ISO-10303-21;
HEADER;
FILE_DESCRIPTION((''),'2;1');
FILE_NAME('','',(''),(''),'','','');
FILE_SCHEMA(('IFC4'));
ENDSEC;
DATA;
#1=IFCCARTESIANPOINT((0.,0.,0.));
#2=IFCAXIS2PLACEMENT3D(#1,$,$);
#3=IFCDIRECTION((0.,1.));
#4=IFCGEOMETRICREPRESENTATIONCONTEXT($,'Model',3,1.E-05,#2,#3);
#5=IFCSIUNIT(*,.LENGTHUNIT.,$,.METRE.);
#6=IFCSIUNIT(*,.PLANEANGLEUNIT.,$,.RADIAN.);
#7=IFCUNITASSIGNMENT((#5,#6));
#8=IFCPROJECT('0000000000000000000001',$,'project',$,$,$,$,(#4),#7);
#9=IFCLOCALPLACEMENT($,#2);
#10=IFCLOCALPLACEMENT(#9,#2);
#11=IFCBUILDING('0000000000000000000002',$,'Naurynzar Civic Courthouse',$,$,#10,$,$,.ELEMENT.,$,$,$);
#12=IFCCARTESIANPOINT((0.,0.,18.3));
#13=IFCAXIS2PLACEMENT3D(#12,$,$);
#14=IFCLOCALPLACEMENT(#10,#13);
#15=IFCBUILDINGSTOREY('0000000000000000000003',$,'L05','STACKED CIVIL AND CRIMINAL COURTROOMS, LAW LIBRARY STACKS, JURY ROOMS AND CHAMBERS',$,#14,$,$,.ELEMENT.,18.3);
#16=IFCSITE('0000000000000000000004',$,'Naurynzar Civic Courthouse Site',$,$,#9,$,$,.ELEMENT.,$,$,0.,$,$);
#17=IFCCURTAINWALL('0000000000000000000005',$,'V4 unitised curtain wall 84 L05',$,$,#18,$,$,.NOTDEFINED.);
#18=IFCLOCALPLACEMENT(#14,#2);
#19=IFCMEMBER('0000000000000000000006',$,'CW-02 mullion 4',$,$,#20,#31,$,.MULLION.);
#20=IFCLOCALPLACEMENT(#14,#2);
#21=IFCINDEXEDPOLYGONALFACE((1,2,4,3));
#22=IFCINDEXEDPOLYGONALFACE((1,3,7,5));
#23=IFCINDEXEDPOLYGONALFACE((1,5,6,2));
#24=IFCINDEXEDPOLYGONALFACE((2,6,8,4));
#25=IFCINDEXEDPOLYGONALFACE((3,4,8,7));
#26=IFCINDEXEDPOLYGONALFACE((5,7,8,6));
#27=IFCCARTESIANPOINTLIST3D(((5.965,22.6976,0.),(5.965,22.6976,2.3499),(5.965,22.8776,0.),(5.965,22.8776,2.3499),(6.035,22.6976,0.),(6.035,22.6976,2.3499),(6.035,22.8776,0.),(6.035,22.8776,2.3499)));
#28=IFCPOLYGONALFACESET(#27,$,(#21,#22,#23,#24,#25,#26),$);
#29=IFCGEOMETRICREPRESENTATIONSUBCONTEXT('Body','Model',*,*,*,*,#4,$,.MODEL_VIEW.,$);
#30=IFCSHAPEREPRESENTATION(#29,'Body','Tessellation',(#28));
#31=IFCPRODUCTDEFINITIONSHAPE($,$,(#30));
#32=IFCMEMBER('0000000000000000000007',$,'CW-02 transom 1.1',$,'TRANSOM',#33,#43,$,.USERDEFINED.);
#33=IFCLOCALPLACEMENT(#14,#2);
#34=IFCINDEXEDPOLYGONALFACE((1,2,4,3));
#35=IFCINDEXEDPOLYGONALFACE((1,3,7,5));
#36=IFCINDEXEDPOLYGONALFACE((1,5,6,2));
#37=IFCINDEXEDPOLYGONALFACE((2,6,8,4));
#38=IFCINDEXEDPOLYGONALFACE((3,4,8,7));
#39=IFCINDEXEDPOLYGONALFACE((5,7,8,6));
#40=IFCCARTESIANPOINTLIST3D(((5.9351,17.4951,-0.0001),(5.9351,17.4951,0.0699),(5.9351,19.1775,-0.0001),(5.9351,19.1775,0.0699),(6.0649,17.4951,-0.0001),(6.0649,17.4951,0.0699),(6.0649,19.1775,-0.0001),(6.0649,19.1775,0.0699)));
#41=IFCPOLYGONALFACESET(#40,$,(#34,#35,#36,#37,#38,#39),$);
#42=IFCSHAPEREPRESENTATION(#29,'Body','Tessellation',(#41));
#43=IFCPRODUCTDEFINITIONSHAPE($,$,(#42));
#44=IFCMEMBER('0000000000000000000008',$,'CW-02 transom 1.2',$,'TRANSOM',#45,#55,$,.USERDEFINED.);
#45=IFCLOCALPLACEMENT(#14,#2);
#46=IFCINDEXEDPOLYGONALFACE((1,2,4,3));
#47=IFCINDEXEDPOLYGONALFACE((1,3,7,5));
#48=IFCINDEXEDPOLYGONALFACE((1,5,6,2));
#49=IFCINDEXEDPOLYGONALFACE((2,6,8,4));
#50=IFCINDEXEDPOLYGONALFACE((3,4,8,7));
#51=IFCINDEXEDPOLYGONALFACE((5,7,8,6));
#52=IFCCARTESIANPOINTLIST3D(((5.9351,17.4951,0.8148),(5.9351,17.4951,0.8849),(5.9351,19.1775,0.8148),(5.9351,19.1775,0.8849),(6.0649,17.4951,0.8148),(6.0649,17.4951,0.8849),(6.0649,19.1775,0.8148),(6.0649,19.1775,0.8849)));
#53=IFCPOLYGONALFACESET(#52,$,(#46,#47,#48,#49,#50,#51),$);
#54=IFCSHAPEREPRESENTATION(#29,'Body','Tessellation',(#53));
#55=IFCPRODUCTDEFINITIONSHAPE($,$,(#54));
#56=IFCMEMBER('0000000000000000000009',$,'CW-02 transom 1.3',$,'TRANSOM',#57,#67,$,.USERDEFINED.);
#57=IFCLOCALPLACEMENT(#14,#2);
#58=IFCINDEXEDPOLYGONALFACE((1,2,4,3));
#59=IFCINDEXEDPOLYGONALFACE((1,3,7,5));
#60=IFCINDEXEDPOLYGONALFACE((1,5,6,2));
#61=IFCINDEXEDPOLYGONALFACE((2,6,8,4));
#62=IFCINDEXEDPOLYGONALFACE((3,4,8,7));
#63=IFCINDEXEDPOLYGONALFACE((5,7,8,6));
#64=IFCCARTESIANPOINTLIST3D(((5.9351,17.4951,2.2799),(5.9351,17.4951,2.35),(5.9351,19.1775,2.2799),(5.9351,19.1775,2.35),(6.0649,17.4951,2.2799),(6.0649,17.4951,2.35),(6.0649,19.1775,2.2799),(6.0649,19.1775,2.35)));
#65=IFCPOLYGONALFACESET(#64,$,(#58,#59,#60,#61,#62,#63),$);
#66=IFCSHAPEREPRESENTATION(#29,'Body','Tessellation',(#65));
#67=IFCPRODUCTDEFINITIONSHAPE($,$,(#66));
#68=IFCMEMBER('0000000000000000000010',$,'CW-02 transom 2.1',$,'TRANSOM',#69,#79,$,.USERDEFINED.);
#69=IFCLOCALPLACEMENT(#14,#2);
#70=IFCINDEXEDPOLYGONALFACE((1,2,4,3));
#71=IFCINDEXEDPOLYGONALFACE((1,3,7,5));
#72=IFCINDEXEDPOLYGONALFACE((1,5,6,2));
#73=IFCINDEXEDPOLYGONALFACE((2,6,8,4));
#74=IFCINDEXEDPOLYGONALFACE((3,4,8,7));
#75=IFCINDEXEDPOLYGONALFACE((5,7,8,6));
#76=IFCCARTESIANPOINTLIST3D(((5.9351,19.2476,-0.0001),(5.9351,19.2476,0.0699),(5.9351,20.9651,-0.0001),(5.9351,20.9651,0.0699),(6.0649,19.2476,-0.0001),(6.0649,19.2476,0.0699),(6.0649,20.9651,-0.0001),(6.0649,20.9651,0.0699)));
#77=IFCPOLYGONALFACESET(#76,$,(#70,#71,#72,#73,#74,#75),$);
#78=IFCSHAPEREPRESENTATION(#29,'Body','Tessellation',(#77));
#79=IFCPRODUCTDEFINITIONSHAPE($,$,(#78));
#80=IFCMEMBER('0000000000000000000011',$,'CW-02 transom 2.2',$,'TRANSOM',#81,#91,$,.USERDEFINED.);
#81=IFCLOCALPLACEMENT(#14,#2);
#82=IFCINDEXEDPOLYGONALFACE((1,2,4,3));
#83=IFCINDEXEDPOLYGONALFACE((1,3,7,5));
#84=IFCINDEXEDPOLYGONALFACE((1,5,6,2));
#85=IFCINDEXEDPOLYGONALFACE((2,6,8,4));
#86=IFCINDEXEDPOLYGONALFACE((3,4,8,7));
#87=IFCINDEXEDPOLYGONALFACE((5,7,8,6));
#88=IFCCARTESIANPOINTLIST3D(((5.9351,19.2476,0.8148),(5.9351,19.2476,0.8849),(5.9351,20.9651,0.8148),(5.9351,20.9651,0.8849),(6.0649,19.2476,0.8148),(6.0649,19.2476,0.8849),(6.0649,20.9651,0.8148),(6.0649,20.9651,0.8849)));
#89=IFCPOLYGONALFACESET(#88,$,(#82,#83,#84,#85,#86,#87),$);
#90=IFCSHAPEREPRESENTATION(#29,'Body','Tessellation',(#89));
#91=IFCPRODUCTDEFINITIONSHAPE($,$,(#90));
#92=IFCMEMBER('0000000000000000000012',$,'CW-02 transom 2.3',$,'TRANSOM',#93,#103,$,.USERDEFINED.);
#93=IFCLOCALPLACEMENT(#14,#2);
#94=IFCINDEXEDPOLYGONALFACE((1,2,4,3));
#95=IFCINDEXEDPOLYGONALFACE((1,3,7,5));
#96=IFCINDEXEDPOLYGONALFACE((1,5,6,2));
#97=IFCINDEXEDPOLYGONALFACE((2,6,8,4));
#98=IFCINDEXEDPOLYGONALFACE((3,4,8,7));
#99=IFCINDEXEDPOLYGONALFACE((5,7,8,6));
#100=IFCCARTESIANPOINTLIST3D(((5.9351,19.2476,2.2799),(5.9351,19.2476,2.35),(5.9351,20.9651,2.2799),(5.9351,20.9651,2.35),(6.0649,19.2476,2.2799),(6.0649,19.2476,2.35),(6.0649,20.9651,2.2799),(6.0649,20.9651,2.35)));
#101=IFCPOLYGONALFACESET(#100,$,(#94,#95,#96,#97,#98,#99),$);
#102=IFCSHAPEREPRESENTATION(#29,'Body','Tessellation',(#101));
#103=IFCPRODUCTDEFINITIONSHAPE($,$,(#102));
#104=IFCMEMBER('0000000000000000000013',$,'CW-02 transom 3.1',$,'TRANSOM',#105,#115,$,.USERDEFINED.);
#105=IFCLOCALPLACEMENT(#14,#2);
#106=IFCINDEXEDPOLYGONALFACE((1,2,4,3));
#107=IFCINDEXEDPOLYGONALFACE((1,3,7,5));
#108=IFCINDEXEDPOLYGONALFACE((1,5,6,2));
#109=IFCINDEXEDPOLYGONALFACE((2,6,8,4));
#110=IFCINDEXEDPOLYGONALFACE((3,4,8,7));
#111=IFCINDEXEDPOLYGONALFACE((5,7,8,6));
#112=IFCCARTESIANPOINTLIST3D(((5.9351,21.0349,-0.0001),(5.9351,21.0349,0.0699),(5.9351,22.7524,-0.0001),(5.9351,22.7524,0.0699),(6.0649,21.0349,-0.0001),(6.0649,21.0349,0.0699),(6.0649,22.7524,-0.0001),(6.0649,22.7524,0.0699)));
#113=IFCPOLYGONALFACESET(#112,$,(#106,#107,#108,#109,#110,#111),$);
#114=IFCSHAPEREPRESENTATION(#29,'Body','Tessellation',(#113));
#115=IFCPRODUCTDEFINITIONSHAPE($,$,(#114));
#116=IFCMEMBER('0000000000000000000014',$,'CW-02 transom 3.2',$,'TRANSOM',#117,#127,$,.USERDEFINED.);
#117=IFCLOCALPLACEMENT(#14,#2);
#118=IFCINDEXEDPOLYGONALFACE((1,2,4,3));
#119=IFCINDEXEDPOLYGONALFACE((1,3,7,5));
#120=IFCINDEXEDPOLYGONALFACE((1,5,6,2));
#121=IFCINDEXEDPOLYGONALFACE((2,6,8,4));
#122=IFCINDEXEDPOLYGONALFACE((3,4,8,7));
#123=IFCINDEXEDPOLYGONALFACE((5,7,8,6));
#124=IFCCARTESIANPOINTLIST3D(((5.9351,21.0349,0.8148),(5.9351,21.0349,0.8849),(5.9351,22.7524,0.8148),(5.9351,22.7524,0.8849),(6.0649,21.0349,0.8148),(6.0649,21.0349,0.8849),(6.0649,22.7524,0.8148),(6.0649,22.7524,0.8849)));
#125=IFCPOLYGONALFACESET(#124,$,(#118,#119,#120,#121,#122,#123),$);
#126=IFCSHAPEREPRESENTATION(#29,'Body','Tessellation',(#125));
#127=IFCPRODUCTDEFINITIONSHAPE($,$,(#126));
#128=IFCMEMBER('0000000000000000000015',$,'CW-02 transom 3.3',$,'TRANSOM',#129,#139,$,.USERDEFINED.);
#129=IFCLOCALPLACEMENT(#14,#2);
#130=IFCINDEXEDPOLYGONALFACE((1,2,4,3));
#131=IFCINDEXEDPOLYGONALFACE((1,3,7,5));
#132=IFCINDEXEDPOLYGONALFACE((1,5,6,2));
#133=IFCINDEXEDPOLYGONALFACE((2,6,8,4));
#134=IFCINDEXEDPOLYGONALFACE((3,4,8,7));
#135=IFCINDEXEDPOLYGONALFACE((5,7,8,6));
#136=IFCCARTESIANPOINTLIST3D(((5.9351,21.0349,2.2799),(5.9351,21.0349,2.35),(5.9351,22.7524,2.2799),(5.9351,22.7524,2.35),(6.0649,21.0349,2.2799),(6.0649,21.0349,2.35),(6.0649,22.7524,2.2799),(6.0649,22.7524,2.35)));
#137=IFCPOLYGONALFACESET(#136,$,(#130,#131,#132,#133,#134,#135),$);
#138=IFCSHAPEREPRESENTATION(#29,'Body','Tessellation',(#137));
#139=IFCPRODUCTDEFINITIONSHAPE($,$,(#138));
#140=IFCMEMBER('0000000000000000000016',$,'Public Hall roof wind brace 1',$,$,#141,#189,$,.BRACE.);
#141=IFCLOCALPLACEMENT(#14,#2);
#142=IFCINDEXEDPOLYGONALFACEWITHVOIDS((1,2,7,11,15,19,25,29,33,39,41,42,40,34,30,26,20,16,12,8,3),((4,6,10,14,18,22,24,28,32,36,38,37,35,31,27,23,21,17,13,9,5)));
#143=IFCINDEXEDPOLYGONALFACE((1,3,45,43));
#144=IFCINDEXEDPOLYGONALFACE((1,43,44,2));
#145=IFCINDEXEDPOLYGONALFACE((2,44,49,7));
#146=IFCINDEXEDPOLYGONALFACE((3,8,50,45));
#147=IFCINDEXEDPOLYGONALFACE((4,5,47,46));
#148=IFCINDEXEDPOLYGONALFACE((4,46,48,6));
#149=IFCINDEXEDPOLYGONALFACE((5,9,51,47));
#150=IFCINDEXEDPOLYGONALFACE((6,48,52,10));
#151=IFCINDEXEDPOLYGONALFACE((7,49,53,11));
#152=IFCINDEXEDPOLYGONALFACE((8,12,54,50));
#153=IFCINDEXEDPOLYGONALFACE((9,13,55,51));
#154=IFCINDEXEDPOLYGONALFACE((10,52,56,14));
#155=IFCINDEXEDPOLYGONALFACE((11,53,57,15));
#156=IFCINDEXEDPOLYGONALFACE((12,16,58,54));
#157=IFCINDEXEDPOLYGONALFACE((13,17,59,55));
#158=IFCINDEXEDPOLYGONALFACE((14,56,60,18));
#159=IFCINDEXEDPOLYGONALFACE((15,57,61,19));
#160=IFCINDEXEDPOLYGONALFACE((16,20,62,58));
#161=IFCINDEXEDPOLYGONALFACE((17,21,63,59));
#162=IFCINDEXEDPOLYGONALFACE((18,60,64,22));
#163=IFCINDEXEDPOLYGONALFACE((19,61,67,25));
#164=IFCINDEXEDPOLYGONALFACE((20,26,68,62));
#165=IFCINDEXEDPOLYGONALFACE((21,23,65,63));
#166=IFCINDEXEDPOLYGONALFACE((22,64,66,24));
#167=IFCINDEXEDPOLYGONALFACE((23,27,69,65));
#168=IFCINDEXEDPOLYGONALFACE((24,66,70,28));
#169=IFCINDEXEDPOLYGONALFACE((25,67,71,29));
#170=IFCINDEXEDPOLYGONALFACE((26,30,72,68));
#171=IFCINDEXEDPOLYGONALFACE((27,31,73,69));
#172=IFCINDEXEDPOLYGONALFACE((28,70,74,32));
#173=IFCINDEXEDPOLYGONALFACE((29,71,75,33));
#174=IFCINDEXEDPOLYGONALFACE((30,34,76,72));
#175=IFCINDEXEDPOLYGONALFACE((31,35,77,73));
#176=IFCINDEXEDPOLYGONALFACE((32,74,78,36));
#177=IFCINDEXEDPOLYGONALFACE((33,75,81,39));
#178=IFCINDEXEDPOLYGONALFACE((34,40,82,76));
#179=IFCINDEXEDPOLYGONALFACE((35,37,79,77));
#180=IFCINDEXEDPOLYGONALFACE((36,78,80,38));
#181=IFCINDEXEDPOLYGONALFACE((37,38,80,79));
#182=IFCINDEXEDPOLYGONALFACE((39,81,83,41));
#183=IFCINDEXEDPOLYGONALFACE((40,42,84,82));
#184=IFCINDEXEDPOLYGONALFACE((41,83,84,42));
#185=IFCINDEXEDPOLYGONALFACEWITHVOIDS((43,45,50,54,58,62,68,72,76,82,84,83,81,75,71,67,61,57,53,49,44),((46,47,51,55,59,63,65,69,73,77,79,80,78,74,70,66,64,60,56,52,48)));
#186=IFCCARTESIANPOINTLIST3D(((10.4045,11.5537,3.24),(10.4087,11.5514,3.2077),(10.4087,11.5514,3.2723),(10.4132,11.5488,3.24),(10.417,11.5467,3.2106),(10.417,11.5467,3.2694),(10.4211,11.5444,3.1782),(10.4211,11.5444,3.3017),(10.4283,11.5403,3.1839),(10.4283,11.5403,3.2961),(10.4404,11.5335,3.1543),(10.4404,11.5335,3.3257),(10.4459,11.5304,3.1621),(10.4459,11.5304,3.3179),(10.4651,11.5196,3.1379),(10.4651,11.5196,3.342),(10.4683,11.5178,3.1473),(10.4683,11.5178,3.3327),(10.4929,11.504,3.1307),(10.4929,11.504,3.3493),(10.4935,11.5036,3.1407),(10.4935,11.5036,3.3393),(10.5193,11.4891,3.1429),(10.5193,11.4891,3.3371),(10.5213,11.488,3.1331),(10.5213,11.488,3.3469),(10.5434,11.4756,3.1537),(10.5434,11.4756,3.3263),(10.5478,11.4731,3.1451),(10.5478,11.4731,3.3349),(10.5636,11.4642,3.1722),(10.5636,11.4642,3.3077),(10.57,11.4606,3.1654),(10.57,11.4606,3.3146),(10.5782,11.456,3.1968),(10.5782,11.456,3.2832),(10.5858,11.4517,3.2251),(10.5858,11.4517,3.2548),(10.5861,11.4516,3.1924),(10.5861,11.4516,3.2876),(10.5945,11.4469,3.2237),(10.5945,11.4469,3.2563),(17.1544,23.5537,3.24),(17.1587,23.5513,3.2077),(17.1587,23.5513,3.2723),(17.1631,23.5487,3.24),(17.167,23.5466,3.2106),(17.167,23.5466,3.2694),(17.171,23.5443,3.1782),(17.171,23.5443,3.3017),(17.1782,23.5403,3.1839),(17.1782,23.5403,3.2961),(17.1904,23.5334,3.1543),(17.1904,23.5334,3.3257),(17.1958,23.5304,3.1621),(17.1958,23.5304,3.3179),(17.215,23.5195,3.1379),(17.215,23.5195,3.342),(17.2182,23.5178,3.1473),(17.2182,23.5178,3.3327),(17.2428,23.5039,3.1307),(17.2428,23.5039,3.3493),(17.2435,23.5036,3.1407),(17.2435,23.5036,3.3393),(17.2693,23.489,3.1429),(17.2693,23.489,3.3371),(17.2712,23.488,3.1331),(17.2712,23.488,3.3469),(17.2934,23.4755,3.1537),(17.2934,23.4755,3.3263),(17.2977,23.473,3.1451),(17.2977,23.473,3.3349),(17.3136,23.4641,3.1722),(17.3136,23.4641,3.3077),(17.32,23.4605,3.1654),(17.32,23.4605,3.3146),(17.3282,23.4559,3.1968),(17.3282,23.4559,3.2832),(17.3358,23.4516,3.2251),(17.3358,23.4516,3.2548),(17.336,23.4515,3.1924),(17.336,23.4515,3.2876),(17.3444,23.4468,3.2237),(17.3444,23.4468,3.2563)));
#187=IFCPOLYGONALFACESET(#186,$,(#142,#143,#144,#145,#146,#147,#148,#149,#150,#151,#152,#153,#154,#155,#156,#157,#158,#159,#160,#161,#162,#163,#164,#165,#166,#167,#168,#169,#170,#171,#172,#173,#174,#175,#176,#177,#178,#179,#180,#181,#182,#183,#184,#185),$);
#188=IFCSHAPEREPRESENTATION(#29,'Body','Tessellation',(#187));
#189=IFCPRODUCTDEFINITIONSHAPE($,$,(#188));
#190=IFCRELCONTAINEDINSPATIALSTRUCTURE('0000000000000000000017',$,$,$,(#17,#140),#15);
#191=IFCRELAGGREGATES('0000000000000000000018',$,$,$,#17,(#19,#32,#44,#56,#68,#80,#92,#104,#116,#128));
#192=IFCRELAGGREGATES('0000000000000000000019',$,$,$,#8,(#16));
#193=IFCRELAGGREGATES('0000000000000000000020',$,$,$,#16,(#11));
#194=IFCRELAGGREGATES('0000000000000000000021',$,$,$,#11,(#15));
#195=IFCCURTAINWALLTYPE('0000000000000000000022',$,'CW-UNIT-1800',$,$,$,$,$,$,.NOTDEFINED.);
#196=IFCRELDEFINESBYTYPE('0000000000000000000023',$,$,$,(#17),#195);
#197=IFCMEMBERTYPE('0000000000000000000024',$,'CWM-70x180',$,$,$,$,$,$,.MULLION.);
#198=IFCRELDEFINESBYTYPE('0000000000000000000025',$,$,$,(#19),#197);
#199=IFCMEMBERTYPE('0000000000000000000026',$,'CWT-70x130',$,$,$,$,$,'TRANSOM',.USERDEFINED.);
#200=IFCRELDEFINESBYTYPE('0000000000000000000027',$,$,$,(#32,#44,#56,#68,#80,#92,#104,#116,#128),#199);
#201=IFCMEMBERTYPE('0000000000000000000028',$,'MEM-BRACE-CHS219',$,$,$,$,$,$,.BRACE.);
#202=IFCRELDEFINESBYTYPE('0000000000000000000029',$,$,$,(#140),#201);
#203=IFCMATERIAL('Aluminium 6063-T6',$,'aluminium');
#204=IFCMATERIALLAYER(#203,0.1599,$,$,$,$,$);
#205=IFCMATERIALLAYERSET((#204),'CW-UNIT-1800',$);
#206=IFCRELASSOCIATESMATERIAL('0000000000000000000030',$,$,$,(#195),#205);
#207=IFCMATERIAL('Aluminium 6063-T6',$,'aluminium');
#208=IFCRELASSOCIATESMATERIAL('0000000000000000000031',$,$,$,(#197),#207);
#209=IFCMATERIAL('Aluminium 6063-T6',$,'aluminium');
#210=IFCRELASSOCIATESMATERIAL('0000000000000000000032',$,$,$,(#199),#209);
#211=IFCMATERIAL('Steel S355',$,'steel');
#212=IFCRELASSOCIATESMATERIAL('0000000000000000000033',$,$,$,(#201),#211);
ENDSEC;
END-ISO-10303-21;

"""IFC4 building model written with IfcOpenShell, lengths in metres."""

from ifc_helpers import new_model, si_unit, direction, frame, origin, origin_2d, place, context, subcontext, project, spatial, rectangle, hollow_circle, extrude, material, layer, layer_set, material_profile, profile_set, type_object, element, aggregate, save


model = new_model("IFC4")

# Units and contexts
model_context = context("Model", 3, precision=1e-05, world=origin(), true_north=direction((0.0, 1.0)))
body_context = subcontext(model_context, "Body", "Model", "MODEL_VIEW")
ifc_project = project(units=[si_unit("LENGTHUNIT", "METRE"), si_unit("PLANEANGLEUNIT", "RADIAN")], contexts=[model_context])

# Site, building, storey
site_placement = place(None, origin())
site = spatial("IfcSite", under=ifc_project, at=site_placement, Name="Naurynzar Civic Courthouse Site", CompositionType="ELEMENT", RefElevation=0.0)
building_placement = place(site_placement, origin())
building = spatial("IfcBuilding", under=site, at=building_placement, Name="Naurynzar Civic Courthouse", CompositionType="ELEMENT")
storey_placement = place(building_placement, frame((0.0, 0.0, 18.3)))
storey = spatial("IfcBuildingStorey", under=building, at=storey_placement, Name="L05", Description="STACKED CIVIL AND CRIMINAL COURTROOMS, LAW LIBRARY STACKS, JURY ROOMS AND CHAMBERS", CompositionType="ELEMENT", Elevation=18.3)

# Curtain wall, members
ifc_material_1 = material(Name="Aluminium 6063-T6", Category="aluminium")
ifc_layer_1 = layer(ifc_material_1, 0.1599)
ifc_layer_set_1 = layer_set([ifc_layer_1], Name="CW-UNIT-1800")
curtain_wall_type = type_object("IfcCurtainWallType", Name="CW-UNIT-1800", PredefinedType="NOTDEFINED", material=ifc_layer_set_1)
curtain_wall_placement = place(storey_placement, origin())
curtain_wall = element("IfcCurtainWall", 1, at=curtain_wall_placement, inside=storey, type_object=curtain_wall_type, Name="V4 unitised curtain wall 84 L05", PredefinedType="NOTDEFINED")
ifc_material_2 = material(Name="Aluminium 6063-T6", Category="aluminium")
ifc_material_profile_1 = material_profile(ifc_material_2, rectangle(XDim=0.0701, YDim=0.1799, at=origin_2d()), Name="ALU MULLION 70x180")
ifc_profile_set_1 = profile_set([ifc_material_profile_1], Name="Aluminium 6063-T6")
member_type_1 = type_object("IfcMemberType", Name="CWM-70x180", PredefinedType="MULLION", material=ifc_profile_set_1)
member_1_placement = place(storey_placement, frame((6.0, 22.7876, 0.0), z_axis=(0.0, 0.0, 1.0), x_axis=(-1.0, 0.0, 0.0)))
member_1 = element("IfcMember", 2, at=member_1_placement, type_object=member_type_1, Name="CW-02 mullion 4", PredefinedType="MULLION", context=body_context, shape_type="SweptSolid", body=[
    extrude(rectangle(XDim=0.0701, YDim=0.1799, at=origin_2d()), origin(), (0.0, 0.0, 1.0), 2.3499),
])
ifc_material_3 = material(Name="Aluminium 6063-T6", Category="aluminium")
ifc_material_profile_2 = material_profile(ifc_material_3, rectangle(XDim=0.1299, YDim=0.0701, at=origin_2d()), Name="ALU TRANSOM 70x130")
ifc_profile_set_2 = profile_set([ifc_material_profile_2], Name="Aluminium 6063-T6")
member_type_2 = type_object("IfcMemberType", Name="CWT-70x130", ElementType="TRANSOM", PredefinedType="USERDEFINED", material=ifc_profile_set_2)
member_2_placement = place(storey_placement, frame((6.0, 17.4951, 0.0349), z_axis=(0.0, 1.0, 0.0), x_axis=(-1.0, 0.0, 0.0)))
member_2 = element("IfcMember", 3, at=member_2_placement, type_object=member_type_2, Name="CW-02 transom 1.1", ObjectType="TRANSOM", PredefinedType="USERDEFINED", context=body_context, shape_type="SweptSolid", body=[
    extrude(rectangle(XDim=0.1299, YDim=0.0701, at=origin_2d()), origin(), (0.0, 0.0, 1.0), 1.6824),
])
member_3_placement = place(storey_placement, frame((6.0, 17.4951, 0.8499), z_axis=(0.0, 1.0, 0.0), x_axis=(-1.0, 0.0, 0.0)))
member_3 = element("IfcMember", 4, at=member_3_placement, type_object=member_type_2, Name="CW-02 transom 1.2", ObjectType="TRANSOM", PredefinedType="USERDEFINED", context=body_context, shape_type="SweptSolid", body=[
    extrude(rectangle(XDim=0.1299, YDim=0.0701, at=origin_2d()), origin(), (0.0, 0.0, 1.0), 1.6824),
])
member_4_placement = place(storey_placement, frame((6.0, 17.4951, 2.3149), z_axis=(0.0, 1.0, 0.0), x_axis=(-1.0, 0.0, 0.0)))
member_4 = element("IfcMember", 5, at=member_4_placement, type_object=member_type_2, Name="CW-02 transom 1.3", ObjectType="TRANSOM", PredefinedType="USERDEFINED", context=body_context, shape_type="SweptSolid", body=[
    extrude(rectangle(XDim=0.1299, YDim=0.0701, at=origin_2d()), origin(), (0.0, 0.0, 1.0), 1.6824),
])
member_5_placement = place(storey_placement, frame((6.0, 19.2476, 0.0349), z_axis=(0.0, 1.0, 0.0), x_axis=(-1.0, 0.0, 0.0)))
member_5 = element("IfcMember", 6, at=member_5_placement, type_object=member_type_2, Name="CW-02 transom 2.1", ObjectType="TRANSOM", PredefinedType="USERDEFINED", context=body_context, shape_type="SweptSolid", body=[
    extrude(rectangle(XDim=0.1299, YDim=0.0701, at=origin_2d()), origin(), (0.0, 0.0, 1.0), 1.7175),
])
member_6_placement = place(storey_placement, frame((6.0, 19.2476, 0.8499), z_axis=(0.0, 1.0, 0.0), x_axis=(-1.0, 0.0, 0.0)))
member_6 = element("IfcMember", 7, at=member_6_placement, type_object=member_type_2, Name="CW-02 transom 2.2", ObjectType="TRANSOM", PredefinedType="USERDEFINED", context=body_context, shape_type="SweptSolid", body=[
    extrude(rectangle(XDim=0.1299, YDim=0.0701, at=origin_2d()), origin(), (0.0, 0.0, 1.0), 1.7175),
])
member_7_placement = place(storey_placement, frame((6.0, 19.2476, 2.3149), z_axis=(0.0, 1.0, 0.0), x_axis=(-1.0, 0.0, 0.0)))
member_7 = element("IfcMember", 8, at=member_7_placement, type_object=member_type_2, Name="CW-02 transom 2.3", ObjectType="TRANSOM", PredefinedType="USERDEFINED", context=body_context, shape_type="SweptSolid", body=[
    extrude(rectangle(XDim=0.1299, YDim=0.0701, at=origin_2d()), origin(), (0.0, 0.0, 1.0), 1.7175),
])
member_8_placement = place(storey_placement, frame((6.0, 21.0349, 0.0349), z_axis=(0.0, 1.0, 0.0), x_axis=(-1.0, 0.0, 0.0)))
member_8 = element("IfcMember", 9, at=member_8_placement, type_object=member_type_2, Name="CW-02 transom 3.1", ObjectType="TRANSOM", PredefinedType="USERDEFINED", context=body_context, shape_type="SweptSolid", body=[
    extrude(rectangle(XDim=0.1299, YDim=0.0701, at=origin_2d()), origin(), (0.0, 0.0, 1.0), 1.7175),
])
member_9_placement = place(storey_placement, frame((6.0, 21.0349, 0.8499), z_axis=(0.0, 1.0, 0.0), x_axis=(-1.0, 0.0, 0.0)))
member_9 = element("IfcMember", 10, at=member_9_placement, type_object=member_type_2, Name="CW-02 transom 3.2", ObjectType="TRANSOM", PredefinedType="USERDEFINED", context=body_context, shape_type="SweptSolid", body=[
    extrude(rectangle(XDim=0.1299, YDim=0.0701, at=origin_2d()), origin(), (0.0, 0.0, 1.0), 1.7175),
])
member_10_placement = place(storey_placement, frame((6.0, 21.0349, 2.3149), z_axis=(0.0, 1.0, 0.0), x_axis=(-1.0, 0.0, 0.0)))
member_10 = element("IfcMember", 11, at=member_10_placement, type_object=member_type_2, Name="CW-02 transom 3.3", ObjectType="TRANSOM", PredefinedType="USERDEFINED", context=body_context, shape_type="SweptSolid", body=[
    extrude(rectangle(XDim=0.1299, YDim=0.0701, at=origin_2d()), origin(), (0.0, 0.0, 1.0), 1.7175),
])

# Member
ifc_material_4 = material(Name="Steel S355", Category="steel")
ifc_material_profile_3 = material_profile(ifc_material_4, hollow_circle(Radius=0.1096, WallThickness=0.01, at=origin_2d()), Name="CHS 219.1x10")
ifc_profile_set_3 = profile_set([ifc_material_profile_3], Name="Steel S355")
member_type_3 = type_object("IfcMemberType", Name="MEM-BRACE-CHS219", PredefinedType="BRACE", material=ifc_profile_set_3)
member_11_placement = place(storey_placement, frame((10.5, 11.5, 3.24), z_axis=(0.490261, 0.871576, 0.0), x_axis=(-0.871576, 0.490261, 0.0)))
element("IfcMember", 12, at=member_11_placement, inside=storey, type_object=member_type_3, Name="Public Hall roof wind brace 1", PredefinedType="BRACE", context=body_context, shape_type="SweptSolid", body=[
    extrude(hollow_circle(Radius=0.1096, WallThickness=0.01, at=origin_2d()), origin(), (0.0, 0.0, 1.0), 13.7681),
])

aggregate(curtain_wall, [member_1, member_2, member_3, member_4, member_5, member_6, member_7, member_8, member_9, member_10])

save(model, "model.ifc")
